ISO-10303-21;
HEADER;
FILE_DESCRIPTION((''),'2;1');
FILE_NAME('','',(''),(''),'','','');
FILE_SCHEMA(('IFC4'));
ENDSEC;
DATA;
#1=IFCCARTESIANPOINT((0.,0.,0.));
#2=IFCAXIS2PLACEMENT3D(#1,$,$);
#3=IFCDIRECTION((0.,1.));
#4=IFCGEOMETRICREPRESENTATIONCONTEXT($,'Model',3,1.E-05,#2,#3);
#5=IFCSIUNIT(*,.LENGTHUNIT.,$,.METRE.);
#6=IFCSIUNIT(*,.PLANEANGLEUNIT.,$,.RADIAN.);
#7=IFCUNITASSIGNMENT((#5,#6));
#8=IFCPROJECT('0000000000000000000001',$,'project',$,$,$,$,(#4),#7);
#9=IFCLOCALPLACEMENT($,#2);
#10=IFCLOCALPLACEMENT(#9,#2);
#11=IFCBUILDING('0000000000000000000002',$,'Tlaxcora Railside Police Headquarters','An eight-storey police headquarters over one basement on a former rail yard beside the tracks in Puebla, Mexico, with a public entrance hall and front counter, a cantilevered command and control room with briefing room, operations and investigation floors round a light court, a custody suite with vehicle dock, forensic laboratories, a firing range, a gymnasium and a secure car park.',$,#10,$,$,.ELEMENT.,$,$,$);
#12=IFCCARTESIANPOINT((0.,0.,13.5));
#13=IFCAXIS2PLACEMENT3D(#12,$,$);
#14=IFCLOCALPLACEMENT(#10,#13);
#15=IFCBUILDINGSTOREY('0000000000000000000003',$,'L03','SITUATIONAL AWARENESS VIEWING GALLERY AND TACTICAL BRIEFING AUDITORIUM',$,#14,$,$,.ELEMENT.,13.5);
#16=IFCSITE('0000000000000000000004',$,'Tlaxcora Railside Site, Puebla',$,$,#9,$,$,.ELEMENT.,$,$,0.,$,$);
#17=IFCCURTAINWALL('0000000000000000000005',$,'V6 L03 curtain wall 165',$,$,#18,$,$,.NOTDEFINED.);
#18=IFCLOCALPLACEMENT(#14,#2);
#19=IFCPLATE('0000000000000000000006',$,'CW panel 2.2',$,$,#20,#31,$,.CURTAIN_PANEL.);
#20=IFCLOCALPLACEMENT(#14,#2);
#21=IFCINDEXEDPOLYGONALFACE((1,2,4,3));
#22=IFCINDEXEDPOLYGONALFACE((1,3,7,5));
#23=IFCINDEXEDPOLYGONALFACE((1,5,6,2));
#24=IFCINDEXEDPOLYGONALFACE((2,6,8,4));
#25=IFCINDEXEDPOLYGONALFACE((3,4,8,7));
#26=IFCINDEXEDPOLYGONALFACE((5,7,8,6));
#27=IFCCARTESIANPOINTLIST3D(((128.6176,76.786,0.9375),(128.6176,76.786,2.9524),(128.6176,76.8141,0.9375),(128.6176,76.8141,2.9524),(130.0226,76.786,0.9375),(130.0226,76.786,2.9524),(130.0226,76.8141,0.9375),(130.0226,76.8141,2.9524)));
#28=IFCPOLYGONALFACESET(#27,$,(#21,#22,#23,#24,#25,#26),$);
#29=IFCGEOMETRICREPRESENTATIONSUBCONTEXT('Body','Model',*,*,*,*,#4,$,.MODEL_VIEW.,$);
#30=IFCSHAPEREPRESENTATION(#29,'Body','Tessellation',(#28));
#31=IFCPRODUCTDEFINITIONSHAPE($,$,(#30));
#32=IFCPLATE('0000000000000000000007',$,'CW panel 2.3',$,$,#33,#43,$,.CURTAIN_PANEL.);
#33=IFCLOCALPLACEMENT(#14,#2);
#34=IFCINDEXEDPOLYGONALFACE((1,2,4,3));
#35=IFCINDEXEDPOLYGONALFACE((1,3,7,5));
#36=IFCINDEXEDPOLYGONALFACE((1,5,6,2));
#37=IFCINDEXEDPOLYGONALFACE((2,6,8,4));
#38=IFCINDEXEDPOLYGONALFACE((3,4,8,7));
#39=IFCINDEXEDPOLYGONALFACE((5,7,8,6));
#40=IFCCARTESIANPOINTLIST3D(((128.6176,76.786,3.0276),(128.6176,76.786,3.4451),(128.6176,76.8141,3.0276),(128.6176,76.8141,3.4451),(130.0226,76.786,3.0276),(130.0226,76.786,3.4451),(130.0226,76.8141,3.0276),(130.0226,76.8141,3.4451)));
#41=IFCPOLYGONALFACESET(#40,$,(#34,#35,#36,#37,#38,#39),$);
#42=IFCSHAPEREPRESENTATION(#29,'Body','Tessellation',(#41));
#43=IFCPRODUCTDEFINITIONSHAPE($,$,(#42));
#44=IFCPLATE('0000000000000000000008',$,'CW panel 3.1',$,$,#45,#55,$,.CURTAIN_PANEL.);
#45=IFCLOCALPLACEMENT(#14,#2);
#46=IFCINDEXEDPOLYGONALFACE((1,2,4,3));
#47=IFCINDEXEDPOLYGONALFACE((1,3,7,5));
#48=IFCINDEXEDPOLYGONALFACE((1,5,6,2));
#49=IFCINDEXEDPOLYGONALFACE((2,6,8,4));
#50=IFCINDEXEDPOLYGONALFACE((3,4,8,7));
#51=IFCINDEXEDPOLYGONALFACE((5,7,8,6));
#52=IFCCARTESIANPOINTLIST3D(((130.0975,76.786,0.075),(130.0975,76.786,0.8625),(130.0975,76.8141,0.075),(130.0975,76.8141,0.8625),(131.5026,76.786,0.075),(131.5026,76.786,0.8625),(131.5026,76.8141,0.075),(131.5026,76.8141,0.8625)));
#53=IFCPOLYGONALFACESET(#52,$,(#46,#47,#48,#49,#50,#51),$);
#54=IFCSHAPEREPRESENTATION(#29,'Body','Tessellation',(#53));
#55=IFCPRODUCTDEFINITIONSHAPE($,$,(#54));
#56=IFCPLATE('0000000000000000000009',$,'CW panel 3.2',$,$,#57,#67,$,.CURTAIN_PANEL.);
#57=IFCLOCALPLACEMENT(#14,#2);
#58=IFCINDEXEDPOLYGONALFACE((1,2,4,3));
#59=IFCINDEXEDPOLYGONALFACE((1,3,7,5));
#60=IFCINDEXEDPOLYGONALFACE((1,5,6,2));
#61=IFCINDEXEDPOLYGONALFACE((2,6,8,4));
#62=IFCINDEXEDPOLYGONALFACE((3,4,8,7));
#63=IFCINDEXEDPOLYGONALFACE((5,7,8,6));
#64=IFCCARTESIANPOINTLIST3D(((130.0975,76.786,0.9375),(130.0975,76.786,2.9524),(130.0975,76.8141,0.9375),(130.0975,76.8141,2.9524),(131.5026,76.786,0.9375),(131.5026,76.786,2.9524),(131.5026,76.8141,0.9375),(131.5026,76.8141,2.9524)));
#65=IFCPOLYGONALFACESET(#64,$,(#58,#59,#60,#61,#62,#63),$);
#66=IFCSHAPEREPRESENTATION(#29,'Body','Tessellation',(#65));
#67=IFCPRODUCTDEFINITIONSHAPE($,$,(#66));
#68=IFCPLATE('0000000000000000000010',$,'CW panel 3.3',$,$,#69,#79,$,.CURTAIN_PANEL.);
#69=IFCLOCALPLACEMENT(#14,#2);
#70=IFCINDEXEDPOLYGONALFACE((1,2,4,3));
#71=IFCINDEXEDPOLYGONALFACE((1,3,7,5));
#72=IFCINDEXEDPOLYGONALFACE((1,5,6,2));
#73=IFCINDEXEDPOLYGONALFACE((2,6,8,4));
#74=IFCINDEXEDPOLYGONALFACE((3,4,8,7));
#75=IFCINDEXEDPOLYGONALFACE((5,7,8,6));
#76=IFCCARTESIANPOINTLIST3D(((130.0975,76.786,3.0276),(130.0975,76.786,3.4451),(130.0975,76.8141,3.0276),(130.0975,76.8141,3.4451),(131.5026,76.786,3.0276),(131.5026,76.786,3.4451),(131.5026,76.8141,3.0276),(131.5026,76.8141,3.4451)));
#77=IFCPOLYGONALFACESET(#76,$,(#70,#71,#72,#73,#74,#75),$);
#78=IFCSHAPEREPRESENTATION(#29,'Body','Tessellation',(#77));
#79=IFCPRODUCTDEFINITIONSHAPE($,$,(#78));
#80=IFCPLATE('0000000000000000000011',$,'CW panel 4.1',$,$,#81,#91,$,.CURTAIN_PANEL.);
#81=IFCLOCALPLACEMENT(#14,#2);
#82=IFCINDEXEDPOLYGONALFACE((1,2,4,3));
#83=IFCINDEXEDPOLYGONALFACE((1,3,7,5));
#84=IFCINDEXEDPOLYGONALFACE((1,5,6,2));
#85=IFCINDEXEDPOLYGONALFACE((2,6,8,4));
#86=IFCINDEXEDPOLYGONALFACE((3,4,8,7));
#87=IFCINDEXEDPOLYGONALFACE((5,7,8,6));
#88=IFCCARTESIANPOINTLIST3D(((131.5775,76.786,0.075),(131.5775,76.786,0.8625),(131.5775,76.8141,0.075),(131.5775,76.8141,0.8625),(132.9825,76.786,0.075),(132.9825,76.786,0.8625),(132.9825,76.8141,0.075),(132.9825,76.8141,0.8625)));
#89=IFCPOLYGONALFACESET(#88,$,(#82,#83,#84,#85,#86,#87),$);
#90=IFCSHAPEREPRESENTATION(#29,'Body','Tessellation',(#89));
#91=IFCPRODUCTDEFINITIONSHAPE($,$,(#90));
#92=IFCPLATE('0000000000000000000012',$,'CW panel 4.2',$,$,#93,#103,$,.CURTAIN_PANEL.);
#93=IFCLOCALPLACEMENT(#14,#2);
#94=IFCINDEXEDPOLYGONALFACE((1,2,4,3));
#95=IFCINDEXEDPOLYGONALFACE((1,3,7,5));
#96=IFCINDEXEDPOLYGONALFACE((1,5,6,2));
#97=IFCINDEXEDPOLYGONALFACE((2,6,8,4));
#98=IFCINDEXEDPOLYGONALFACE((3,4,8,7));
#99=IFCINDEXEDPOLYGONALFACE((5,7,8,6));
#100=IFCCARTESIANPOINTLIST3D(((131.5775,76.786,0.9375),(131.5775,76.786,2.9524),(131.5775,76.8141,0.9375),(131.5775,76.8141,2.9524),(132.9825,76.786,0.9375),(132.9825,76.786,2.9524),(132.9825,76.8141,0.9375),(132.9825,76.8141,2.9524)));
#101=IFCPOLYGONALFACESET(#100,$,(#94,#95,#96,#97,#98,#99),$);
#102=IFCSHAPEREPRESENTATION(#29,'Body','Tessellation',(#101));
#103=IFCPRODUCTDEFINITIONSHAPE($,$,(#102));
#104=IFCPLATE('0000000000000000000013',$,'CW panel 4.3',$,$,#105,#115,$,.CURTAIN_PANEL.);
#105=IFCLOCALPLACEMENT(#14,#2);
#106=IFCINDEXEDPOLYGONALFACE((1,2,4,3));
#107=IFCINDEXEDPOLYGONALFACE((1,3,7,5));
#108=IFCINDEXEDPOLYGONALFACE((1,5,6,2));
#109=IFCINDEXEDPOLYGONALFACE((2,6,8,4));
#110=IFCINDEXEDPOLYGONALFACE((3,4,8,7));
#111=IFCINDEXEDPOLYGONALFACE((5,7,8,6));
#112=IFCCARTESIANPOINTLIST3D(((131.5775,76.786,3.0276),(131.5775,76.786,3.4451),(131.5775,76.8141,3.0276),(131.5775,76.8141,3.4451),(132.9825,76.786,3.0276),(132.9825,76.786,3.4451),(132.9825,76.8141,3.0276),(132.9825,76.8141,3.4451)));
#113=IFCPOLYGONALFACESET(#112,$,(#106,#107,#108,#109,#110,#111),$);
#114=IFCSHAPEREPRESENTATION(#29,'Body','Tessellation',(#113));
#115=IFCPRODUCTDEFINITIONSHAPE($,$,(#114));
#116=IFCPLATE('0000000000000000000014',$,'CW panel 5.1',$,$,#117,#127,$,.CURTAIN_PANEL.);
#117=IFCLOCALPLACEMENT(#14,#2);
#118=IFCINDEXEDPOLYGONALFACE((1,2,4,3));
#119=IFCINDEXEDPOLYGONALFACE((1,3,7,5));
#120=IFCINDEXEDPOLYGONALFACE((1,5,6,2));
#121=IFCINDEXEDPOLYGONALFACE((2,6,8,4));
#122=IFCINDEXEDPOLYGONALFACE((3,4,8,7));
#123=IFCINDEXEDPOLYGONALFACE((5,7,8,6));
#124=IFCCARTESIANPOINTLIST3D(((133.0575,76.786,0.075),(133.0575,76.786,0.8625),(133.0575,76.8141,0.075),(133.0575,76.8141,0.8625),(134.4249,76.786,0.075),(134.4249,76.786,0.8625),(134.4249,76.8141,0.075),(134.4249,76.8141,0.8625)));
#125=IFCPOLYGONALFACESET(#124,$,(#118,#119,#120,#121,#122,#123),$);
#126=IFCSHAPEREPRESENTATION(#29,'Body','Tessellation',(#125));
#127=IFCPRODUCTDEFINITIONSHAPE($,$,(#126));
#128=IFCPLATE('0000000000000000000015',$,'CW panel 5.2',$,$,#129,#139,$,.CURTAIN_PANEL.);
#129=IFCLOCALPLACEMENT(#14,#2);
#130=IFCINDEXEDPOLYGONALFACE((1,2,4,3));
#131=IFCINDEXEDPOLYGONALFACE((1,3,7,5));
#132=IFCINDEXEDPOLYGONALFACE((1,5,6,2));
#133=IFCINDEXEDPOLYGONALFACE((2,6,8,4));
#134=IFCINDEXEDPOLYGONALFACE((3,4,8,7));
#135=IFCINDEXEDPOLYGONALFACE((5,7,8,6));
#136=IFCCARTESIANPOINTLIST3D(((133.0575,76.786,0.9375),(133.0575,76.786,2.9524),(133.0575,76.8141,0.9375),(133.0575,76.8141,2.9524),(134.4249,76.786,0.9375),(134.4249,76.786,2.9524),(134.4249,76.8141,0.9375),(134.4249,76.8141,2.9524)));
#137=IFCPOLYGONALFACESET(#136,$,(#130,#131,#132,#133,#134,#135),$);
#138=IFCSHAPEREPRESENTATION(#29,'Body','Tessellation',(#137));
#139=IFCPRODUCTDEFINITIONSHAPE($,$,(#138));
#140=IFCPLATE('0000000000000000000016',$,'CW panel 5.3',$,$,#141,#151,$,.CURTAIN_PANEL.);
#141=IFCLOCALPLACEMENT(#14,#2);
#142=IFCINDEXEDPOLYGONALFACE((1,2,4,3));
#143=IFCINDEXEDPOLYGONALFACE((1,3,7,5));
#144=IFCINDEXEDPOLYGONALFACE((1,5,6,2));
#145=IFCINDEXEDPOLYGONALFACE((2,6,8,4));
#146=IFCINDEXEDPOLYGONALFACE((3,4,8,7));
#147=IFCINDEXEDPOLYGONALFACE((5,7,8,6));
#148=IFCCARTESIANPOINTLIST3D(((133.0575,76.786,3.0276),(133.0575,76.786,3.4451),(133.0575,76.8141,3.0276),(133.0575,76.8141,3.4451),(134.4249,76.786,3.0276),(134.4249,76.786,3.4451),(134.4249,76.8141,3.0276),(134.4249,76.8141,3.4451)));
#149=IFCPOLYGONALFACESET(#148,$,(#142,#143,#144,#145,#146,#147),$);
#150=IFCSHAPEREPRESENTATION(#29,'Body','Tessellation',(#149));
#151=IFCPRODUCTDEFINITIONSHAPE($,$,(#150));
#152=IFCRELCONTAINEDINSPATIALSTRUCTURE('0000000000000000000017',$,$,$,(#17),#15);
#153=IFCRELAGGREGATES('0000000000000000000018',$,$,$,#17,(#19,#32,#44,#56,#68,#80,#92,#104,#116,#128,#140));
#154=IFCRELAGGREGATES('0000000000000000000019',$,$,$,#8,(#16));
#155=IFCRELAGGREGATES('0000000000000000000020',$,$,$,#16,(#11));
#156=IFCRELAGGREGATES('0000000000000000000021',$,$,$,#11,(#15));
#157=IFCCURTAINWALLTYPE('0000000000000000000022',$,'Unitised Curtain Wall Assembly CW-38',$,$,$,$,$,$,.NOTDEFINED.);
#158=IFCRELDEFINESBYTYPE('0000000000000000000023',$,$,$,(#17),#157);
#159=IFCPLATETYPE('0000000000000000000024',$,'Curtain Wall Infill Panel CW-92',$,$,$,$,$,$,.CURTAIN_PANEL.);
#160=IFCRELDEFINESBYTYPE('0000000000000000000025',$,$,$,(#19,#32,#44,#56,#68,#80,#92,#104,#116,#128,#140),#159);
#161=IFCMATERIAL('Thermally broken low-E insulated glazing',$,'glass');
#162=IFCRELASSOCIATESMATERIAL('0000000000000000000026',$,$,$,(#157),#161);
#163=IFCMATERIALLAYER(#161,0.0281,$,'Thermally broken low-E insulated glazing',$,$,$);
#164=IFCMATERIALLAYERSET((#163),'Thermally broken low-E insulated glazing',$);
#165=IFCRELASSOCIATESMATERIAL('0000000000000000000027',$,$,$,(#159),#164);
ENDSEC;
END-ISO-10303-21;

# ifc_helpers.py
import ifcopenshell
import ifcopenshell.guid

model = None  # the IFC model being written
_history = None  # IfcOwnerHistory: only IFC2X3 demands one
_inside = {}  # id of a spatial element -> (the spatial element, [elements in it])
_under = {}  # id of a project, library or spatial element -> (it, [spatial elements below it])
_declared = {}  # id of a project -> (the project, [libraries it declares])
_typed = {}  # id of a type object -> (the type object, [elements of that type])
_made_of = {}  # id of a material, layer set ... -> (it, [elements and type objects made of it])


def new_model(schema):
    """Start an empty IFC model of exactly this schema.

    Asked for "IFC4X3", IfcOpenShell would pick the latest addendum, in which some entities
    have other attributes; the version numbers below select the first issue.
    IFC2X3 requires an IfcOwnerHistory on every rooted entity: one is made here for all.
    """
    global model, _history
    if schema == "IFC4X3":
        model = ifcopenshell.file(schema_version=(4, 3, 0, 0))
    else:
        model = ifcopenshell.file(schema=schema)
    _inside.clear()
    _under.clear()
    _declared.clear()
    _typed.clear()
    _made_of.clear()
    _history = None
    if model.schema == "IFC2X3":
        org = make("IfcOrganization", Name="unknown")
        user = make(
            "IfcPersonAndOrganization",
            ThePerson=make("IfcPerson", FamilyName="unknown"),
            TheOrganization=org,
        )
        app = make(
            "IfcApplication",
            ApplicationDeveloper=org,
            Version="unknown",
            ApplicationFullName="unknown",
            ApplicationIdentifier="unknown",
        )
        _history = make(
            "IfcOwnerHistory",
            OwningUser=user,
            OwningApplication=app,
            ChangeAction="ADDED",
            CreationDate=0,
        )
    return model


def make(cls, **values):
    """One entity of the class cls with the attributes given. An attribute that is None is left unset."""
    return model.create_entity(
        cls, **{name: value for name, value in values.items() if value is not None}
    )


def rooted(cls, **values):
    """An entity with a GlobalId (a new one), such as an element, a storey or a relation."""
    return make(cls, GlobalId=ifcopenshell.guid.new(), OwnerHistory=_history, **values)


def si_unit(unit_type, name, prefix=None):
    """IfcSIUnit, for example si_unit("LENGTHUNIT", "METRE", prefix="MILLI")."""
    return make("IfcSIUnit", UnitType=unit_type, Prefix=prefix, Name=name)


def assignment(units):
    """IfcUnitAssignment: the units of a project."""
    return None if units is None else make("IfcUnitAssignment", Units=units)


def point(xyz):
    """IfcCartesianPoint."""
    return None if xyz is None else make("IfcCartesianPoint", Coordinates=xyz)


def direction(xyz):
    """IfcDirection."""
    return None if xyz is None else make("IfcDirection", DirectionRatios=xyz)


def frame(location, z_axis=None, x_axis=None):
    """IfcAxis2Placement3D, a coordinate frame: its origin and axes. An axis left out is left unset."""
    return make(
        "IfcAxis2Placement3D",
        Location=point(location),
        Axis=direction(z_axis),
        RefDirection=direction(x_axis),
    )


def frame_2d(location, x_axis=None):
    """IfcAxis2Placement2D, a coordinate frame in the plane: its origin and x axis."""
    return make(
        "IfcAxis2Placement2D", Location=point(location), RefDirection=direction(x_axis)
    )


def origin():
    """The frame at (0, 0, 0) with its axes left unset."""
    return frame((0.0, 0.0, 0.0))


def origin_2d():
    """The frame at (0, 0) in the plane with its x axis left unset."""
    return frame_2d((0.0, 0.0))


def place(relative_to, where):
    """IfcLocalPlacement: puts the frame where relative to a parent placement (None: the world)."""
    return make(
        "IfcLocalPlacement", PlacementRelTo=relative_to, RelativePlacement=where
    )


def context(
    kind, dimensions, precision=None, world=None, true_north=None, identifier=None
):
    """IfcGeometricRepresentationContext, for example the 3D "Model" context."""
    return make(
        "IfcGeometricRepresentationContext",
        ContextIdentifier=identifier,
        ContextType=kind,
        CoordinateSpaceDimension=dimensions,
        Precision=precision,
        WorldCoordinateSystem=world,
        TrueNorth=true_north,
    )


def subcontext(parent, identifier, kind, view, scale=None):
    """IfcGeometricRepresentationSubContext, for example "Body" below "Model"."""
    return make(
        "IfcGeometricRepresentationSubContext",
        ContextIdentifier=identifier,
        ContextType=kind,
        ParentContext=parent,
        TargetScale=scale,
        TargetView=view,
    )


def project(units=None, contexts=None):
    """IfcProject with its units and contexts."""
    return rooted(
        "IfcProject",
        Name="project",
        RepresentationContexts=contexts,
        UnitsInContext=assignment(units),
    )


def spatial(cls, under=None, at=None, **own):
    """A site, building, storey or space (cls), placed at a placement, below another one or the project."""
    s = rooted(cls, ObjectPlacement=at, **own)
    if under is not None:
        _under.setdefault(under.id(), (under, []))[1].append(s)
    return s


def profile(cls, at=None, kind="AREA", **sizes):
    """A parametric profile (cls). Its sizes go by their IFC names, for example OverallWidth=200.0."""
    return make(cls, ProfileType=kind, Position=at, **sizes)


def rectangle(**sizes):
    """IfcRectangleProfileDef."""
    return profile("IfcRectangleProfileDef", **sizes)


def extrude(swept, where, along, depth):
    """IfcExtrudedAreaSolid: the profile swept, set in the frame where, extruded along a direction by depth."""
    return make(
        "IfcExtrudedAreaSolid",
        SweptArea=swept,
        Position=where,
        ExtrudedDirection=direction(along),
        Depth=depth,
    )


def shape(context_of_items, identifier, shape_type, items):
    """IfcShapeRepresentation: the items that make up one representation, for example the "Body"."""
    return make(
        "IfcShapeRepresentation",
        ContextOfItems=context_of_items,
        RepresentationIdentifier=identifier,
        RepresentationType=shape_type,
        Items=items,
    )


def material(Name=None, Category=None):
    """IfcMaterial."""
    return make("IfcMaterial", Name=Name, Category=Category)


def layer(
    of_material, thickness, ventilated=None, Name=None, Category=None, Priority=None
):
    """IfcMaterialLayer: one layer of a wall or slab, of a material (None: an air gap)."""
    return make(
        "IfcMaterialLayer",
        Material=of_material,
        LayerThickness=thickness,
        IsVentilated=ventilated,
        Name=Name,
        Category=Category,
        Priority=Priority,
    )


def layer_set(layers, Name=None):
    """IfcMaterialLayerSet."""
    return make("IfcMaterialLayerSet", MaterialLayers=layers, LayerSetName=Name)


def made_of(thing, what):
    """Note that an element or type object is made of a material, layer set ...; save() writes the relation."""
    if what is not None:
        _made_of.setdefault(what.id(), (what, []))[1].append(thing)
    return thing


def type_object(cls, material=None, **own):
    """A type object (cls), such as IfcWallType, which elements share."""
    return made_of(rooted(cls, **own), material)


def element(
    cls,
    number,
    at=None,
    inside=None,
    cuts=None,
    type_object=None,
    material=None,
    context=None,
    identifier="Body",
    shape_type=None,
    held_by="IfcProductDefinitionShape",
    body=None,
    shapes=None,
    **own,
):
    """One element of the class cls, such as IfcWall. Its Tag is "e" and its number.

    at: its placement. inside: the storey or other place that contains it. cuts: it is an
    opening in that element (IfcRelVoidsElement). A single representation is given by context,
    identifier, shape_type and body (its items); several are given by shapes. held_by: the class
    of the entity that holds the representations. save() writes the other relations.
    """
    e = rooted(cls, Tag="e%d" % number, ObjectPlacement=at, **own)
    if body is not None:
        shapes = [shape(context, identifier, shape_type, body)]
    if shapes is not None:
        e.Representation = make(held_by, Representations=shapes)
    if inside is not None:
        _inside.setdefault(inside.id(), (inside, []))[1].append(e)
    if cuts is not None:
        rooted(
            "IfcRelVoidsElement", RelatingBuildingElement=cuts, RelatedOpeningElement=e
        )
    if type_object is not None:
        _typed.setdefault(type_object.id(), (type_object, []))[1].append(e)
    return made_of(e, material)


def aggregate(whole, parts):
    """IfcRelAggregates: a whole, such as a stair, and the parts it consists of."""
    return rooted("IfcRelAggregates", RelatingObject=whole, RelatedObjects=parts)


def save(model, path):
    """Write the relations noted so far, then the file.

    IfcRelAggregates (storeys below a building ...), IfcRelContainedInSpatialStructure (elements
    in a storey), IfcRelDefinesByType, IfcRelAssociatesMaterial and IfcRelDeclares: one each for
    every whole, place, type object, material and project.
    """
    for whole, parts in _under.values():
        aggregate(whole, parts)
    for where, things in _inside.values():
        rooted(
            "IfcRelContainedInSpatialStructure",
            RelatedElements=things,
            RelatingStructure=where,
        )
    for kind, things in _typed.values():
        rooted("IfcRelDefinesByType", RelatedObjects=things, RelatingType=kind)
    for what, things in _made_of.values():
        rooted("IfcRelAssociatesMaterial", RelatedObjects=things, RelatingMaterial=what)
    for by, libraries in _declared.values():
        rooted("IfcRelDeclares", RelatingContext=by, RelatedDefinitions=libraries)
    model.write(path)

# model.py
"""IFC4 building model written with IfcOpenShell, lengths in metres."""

from ifc_helpers import new_model, si_unit, direction, frame, origin, origin_2d, place, context, subcontext, project, spatial, rectangle, extrude, material, layer, layer_set, type_object, element, aggregate, save


model = new_model("IFC4")

# Units and contexts
model_context = context("Model", 3, precision=1e-05, world=origin(), true_north=direction((0.0, 1.0)))
body_context = subcontext(model_context, "Body", "Model", "MODEL_VIEW")
ifc_project = project(units=[si_unit("LENGTHUNIT", "METRE"), si_unit("PLANEANGLEUNIT", "RADIAN")], contexts=[model_context])

# Site, building, storey
site_placement = place(None, origin())
site = spatial("IfcSite", under=ifc_project, at=site_placement, Name="Tlaxcora Railside Site, Puebla", CompositionType="ELEMENT", RefElevation=0.0)
building_placement = place(site_placement, origin())
building = spatial("IfcBuilding", under=site, at=building_placement, Name="Tlaxcora Railside Police Headquarters", Description="An eight-storey police headquarters over one basement on a former rail yard beside the tracks in Puebla, Mexico, with a public entrance hall and front counter, a cantilevered command and control room with briefing room, operations and investigation floors round a light court, a custody suite with vehicle dock, forensic laboratories, a firing range, a gymnasium and a secure car park.", CompositionType="ELEMENT")
storey_placement = place(building_placement, frame((0.0, 0.0, 13.5)))
storey = spatial("IfcBuildingStorey", under=building, at=storey_placement, Name="L03", Description="SITUATIONAL AWARENESS VIEWING GALLERY AND TACTICAL BRIEFING AUDITORIUM", CompositionType="ELEMENT", Elevation=13.5)

# Curtain wall
ifc_material_1 = material(Name="Thermally broken low-E insulated glazing", Category="glass")
curtain_wall_type = type_object("IfcCurtainWallType", Name="Unitised Curtain Wall Assembly CW-38", PredefinedType="NOTDEFINED", material=ifc_material_1)
curtain_wall_placement = place(storey_placement, origin())
curtain_wall = element("IfcCurtainWall", 1, at=curtain_wall_placement, inside=storey, type_object=curtain_wall_type, Name="V6 L03 curtain wall 165", PredefinedType="NOTDEFINED")

# Plates
ifc_layer = layer(ifc_material_1, 0.0281, Name="Thermally broken low-E insulated glazing")
ifc_layer_set = layer_set([ifc_layer], Name="Thermally broken low-E insulated glazing")
plate_type = type_object("IfcPlateType", Name="Curtain Wall Infill Panel CW-92", PredefinedType="CURTAIN_PANEL", material=ifc_layer_set)
plate_1_placement = place(storey_placement, frame((129.3201, 76.8, 0.9375), z_axis=(0.0, 0.0, 1.0), x_axis=(1.0, 0.0, 0.0)))
plate_1 = element("IfcPlate", 2, at=plate_1_placement, type_object=plate_type, Name="CW panel 2.2", PredefinedType="CURTAIN_PANEL", context=body_context, shape_type="SweptSolid", body=[
    extrude(rectangle(XDim=1.405, YDim=0.0281, at=origin_2d()), origin(), (0.0, 0.0, 1.0), 2.0149),
])
plate_2_placement = place(storey_placement, frame((129.3201, 76.8, 3.0276), z_axis=(0.0, 0.0, 1.0), x_axis=(1.0, 0.0, 0.0)))
plate_2 = element("IfcPlate", 3, at=plate_2_placement, type_object=plate_type, Name="CW panel 2.3", PredefinedType="CURTAIN_PANEL", context=body_context, shape_type="SweptSolid", body=[
    extrude(rectangle(XDim=1.405, YDim=0.0281, at=origin_2d()), origin(), (0.0, 0.0, 1.0), 0.4175),
])
plate_3_placement = place(storey_placement, frame((130.8, 76.8, 0.075), z_axis=(0.0, 0.0, 1.0), x_axis=(1.0, 0.0, 0.0)))
plate_3 = element("IfcPlate", 4, at=plate_3_placement, type_object=plate_type, Name="CW panel 3.1", PredefinedType="CURTAIN_PANEL", context=body_context, shape_type="SweptSolid", body=[
    extrude(rectangle(XDim=1.405, YDim=0.0281, at=origin_2d()), origin(), (0.0, 0.0, 1.0), 0.7876),
])
plate_4_placement = place(storey_placement, frame((130.8, 76.8, 0.9375), z_axis=(0.0, 0.0, 1.0), x_axis=(1.0, 0.0, 0.0)))
plate_4 = element("IfcPlate", 5, at=plate_4_placement, type_object=plate_type, Name="CW panel 3.2", PredefinedType="CURTAIN_PANEL", context=body_context, shape_type="SweptSolid", body=[
    extrude(rectangle(XDim=1.405, YDim=0.0281, at=origin_2d()), origin(), (0.0, 0.0, 1.0), 2.0149),
])
plate_5_placement = place(storey_placement, frame((130.8, 76.8, 3.0276), z_axis=(0.0, 0.0, 1.0), x_axis=(1.0, 0.0, 0.0)))
plate_5 = element("IfcPlate", 6, at=plate_5_placement, type_object=plate_type, Name="CW panel 3.3", PredefinedType="CURTAIN_PANEL", context=body_context, shape_type="SweptSolid", body=[
    extrude(rectangle(XDim=1.405, YDim=0.0281, at=origin_2d()), origin(), (0.0, 0.0, 1.0), 0.4175),
])
plate_6_placement = place(storey_placement, frame((132.28, 76.8, 0.075), z_axis=(0.0, 0.0, 1.0), x_axis=(1.0, 0.0, 0.0)))
plate_6 = element("IfcPlate", 7, at=plate_6_placement, type_object=plate_type, Name="CW panel 4.1", PredefinedType="CURTAIN_PANEL", context=body_context, shape_type="SweptSolid", body=[
    extrude(rectangle(XDim=1.405, YDim=0.0281, at=origin_2d()), origin(), (0.0, 0.0, 1.0), 0.7876),
])
plate_7_placement = place(storey_placement, frame((132.28, 76.8, 0.9375), z_axis=(0.0, 0.0, 1.0), x_axis=(1.0, 0.0, 0.0)))
plate_7 = element("IfcPlate", 8, at=plate_7_placement, type_object=plate_type, Name="CW panel 4.2", PredefinedType="CURTAIN_PANEL", context=body_context, shape_type="SweptSolid", body=[
    extrude(rectangle(XDim=1.405, YDim=0.0281, at=origin_2d()), origin(), (0.0, 0.0, 1.0), 2.0149),
])
plate_8_placement = place(storey_placement, frame((132.28, 76.8, 3.0276), z_axis=(0.0, 0.0, 1.0), x_axis=(1.0, 0.0, 0.0)))
plate_8 = element("IfcPlate", 9, at=plate_8_placement, type_object=plate_type, Name="CW panel 4.3", PredefinedType="CURTAIN_PANEL", context=body_context, shape_type="SweptSolid", body=[
    extrude(rectangle(XDim=1.405, YDim=0.0281, at=origin_2d()), origin(), (0.0, 0.0, 1.0), 0.4175),
])
plate_9_placement = place(storey_placement, frame((133.7412, 76.8, 0.075), z_axis=(0.0, 0.0, 1.0), x_axis=(1.0, 0.0, 0.0)))
plate_9 = element("IfcPlate", 10, at=plate_9_placement, type_object=plate_type, Name="CW panel 5.1", PredefinedType="CURTAIN_PANEL", context=body_context, shape_type="SweptSolid", body=[
    extrude(rectangle(XDim=1.3674, YDim=0.0281, at=origin_2d()), origin(), (0.0, 0.0, 1.0), 0.7876),
])
plate_10_placement = place(storey_placement, frame((133.7412, 76.8, 0.9375), z_axis=(0.0, 0.0, 1.0), x_axis=(1.0, 0.0, 0.0)))
plate_10 = element("IfcPlate", 11, at=plate_10_placement, type_object=plate_type, Name="CW panel 5.2", PredefinedType="CURTAIN_PANEL", context=body_context, shape_type="SweptSolid", body=[
    extrude(rectangle(XDim=1.3674, YDim=0.0281, at=origin_2d()), origin(), (0.0, 0.0, 1.0), 2.0149),
])
plate_11_placement = place(storey_placement, frame((133.7412, 76.8, 3.0276), z_axis=(0.0, 0.0, 1.0), x_axis=(1.0, 0.0, 0.0)))
plate_11 = element("IfcPlate", 12, at=plate_11_placement, type_object=plate_type, Name="CW panel 5.3", PredefinedType="CURTAIN_PANEL", context=body_context, shape_type="SweptSolid", body=[
    extrude(rectangle(XDim=1.3674, YDim=0.0281, at=origin_2d()), origin(), (0.0, 0.0, 1.0), 0.4175),
])
aggregate(curtain_wall, [plate_1, plate_2, plate_3, plate_4, plate_5, plate_6, plate_7, plate_8, plate_9, plate_10, plate_11])

save(model, "model.ifc")
